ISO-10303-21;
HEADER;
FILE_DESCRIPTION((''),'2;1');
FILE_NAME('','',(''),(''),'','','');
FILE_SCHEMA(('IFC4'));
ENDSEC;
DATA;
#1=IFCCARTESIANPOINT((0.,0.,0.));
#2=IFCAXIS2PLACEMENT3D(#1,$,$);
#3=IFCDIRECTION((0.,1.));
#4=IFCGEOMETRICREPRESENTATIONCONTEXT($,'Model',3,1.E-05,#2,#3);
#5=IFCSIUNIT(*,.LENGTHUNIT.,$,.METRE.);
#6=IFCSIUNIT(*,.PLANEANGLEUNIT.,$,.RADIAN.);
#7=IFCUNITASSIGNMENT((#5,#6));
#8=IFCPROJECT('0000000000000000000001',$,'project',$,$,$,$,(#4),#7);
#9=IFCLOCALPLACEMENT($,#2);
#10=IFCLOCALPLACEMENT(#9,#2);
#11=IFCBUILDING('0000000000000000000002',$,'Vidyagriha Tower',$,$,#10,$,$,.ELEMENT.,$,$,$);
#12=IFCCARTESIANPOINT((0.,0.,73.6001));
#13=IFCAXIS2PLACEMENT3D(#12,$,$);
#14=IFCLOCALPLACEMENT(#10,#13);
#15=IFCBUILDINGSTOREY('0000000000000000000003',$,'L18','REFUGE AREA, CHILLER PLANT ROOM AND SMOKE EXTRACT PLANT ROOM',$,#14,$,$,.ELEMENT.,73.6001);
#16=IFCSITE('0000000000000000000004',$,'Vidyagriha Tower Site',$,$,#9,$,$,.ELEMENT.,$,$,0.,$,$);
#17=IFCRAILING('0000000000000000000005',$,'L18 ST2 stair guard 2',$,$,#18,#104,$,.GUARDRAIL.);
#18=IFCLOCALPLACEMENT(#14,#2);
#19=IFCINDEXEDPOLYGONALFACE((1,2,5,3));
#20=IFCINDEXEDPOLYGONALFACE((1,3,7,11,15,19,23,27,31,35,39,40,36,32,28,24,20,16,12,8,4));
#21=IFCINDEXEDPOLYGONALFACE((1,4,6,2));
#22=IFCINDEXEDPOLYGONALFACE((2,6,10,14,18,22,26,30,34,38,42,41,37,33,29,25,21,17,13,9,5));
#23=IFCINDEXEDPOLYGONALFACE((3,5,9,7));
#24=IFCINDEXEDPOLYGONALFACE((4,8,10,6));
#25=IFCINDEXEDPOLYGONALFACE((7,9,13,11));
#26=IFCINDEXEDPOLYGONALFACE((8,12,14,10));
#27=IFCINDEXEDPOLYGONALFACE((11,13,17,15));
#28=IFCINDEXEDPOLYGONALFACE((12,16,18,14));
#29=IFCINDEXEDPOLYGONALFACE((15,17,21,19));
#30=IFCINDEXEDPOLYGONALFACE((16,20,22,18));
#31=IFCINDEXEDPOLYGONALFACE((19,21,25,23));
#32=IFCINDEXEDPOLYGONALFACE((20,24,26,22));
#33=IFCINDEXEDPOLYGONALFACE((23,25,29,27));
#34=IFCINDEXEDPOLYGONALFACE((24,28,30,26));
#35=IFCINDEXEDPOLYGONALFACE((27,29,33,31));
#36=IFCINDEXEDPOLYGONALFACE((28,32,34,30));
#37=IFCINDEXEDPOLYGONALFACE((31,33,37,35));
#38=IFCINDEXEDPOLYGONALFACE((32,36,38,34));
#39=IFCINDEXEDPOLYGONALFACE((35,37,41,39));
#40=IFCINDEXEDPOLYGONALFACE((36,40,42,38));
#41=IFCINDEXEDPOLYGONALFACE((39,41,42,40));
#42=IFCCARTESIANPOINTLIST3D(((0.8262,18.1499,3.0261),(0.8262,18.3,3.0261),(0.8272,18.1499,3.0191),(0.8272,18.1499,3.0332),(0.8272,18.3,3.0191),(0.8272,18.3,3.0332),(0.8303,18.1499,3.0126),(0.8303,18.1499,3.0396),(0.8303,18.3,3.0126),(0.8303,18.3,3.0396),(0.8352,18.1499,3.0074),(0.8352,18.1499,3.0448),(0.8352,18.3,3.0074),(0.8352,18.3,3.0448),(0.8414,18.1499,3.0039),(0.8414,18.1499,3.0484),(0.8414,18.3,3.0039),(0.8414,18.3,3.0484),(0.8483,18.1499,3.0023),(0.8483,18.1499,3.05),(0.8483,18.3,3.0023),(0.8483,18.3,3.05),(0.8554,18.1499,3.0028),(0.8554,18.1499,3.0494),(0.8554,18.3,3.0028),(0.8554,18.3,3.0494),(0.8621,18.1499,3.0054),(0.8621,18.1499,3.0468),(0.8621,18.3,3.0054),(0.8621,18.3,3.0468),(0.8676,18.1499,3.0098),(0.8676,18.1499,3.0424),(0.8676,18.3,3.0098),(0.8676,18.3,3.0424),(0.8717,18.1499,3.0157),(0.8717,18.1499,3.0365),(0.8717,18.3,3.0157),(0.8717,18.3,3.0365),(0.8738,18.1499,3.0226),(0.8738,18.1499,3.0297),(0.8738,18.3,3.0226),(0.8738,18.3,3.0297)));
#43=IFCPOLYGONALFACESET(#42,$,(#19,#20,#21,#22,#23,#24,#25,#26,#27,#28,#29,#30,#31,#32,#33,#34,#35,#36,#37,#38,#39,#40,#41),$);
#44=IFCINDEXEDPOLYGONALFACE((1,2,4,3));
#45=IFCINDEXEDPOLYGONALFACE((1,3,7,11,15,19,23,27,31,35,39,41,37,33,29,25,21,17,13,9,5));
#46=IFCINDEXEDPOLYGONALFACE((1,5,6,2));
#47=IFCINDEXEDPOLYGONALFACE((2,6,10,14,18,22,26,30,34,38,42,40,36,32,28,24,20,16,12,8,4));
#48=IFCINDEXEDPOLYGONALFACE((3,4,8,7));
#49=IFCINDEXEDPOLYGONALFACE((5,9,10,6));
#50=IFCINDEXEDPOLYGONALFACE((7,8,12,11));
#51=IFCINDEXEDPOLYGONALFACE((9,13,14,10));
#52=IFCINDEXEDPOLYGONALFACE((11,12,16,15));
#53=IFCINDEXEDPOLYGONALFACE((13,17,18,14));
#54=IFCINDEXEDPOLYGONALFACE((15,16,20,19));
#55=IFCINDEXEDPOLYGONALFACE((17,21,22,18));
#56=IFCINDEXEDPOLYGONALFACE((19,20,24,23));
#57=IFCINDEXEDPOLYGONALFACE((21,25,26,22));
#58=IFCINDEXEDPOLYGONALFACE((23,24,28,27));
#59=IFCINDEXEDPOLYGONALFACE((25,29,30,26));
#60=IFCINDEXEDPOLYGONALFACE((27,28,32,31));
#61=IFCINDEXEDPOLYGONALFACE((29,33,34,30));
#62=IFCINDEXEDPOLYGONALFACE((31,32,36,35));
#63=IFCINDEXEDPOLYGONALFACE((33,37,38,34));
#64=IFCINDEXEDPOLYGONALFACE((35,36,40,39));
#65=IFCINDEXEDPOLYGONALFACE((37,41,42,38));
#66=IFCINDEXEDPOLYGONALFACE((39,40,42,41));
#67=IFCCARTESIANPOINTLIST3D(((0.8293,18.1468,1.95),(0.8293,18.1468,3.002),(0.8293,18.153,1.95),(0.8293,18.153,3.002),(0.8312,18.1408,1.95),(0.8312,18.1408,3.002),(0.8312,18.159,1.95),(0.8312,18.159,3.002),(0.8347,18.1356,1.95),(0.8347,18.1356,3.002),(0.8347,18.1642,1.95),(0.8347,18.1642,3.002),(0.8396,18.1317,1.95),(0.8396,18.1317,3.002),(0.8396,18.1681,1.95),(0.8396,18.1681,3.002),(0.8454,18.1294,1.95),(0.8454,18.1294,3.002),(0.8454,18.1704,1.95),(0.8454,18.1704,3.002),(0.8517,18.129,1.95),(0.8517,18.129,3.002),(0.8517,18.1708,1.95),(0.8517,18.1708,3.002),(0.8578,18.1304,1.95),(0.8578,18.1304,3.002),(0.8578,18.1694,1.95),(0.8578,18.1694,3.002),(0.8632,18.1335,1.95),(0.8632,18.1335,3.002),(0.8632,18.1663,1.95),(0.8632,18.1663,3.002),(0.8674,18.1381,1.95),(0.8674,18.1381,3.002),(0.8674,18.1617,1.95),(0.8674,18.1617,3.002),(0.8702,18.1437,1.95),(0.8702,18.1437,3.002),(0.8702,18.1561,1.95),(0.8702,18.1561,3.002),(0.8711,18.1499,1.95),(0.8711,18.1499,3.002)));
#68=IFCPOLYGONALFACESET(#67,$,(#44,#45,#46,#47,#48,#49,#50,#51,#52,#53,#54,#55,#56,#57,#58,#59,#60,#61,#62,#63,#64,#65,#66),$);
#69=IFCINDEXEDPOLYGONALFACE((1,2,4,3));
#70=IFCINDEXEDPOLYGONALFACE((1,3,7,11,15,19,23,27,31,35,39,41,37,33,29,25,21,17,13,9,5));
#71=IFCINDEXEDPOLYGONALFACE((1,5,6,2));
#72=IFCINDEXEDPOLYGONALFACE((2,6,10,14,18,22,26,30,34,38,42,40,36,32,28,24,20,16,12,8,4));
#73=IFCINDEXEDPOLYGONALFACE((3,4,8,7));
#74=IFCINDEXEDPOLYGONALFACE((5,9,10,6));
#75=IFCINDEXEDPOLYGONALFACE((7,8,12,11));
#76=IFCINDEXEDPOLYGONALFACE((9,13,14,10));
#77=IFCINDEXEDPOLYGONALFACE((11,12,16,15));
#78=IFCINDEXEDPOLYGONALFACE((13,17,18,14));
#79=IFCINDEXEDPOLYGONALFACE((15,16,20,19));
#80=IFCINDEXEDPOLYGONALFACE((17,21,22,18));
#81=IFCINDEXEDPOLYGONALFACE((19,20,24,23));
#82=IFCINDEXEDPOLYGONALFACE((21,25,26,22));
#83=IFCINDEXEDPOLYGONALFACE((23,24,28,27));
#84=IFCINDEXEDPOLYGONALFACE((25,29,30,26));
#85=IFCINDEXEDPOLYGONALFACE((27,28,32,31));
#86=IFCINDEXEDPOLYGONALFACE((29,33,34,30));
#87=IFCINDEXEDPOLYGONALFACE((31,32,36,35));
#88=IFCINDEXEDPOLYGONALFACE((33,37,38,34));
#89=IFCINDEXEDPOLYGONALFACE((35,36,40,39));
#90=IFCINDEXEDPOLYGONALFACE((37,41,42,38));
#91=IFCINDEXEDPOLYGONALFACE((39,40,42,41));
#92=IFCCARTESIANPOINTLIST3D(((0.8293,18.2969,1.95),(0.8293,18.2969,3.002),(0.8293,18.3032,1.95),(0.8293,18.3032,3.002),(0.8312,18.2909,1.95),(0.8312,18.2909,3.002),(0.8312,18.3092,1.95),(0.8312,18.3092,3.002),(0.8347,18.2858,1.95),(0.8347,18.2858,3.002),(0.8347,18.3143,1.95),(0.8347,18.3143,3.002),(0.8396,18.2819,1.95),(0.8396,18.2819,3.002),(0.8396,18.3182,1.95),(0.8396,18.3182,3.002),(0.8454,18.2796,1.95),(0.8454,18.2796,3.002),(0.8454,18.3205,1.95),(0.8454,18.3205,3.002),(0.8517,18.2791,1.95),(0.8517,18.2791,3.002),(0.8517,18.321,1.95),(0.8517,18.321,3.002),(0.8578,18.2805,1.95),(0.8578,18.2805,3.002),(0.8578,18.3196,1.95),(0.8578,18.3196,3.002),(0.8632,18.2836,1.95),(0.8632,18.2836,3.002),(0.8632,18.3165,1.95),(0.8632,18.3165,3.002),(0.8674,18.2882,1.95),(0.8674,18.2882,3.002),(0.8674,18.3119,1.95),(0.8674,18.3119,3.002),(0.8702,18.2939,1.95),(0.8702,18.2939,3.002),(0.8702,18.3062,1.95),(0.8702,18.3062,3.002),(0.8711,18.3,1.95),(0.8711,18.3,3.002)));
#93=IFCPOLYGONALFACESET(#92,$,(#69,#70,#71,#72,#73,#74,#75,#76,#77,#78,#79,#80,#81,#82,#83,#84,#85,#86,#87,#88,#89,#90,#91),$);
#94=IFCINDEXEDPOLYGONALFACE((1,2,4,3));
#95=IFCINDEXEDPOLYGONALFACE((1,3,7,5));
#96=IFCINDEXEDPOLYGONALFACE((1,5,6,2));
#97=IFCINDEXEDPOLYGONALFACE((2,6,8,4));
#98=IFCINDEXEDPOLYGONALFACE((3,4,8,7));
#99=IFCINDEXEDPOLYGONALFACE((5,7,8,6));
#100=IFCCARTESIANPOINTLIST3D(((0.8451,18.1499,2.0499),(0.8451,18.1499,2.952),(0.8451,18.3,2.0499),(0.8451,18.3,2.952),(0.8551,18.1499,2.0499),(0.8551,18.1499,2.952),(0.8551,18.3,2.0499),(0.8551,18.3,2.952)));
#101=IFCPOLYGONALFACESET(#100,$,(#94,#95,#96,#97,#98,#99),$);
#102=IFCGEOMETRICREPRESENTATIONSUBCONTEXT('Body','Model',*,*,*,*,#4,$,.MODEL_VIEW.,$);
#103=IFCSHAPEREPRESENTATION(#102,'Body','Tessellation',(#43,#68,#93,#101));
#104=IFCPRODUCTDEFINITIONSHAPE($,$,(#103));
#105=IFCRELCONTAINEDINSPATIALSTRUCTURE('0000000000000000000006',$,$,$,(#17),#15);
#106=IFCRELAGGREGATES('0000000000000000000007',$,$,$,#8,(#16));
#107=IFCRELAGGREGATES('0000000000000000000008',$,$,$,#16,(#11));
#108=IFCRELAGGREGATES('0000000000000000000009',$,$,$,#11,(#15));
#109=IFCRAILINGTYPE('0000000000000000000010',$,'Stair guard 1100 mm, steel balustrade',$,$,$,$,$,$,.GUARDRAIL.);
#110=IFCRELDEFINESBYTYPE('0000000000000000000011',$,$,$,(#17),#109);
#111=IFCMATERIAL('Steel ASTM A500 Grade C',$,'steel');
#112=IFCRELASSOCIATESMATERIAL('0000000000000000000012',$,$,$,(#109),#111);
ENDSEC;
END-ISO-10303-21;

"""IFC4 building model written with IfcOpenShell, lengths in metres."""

from ifc_helpers import new_model, si_unit, direction, frame, origin, origin_2d, place, context, subcontext, project, spatial, rectangle, circle, extrude, material, type_object, element, save


model = new_model("IFC4")

# Units and contexts
model_context = context("Model", 3, precision=1e-05, world=origin(), true_north=direction((0.0, 1.0)))
body_context = subcontext(model_context, "Body", "Model", "MODEL_VIEW")
ifc_project = project(units=[si_unit("LENGTHUNIT", "METRE"), si_unit("PLANEANGLEUNIT", "RADIAN")], contexts=[model_context])

# Site, building, storey
site_placement = place(None, origin())
site = spatial("IfcSite", under=ifc_project, at=site_placement, Name="Vidyagriha Tower Site", CompositionType="ELEMENT", RefElevation=0.0)
building_placement = place(site_placement, origin())
building = spatial("IfcBuilding", under=site, at=building_placement, Name="Vidyagriha Tower", CompositionType="ELEMENT")
storey_placement = place(building_placement, frame((0.0, 0.0, 73.6001)))
storey = spatial("IfcBuildingStorey", under=building, at=storey_placement, Name="L18", Description="REFUGE AREA, CHILLER PLANT ROOM AND SMOKE EXTRACT PLANT ROOM", CompositionType="ELEMENT", Elevation=73.6001)

# Railing
ifc_material_1 = material(Name="Steel ASTM A500 Grade C", Category="steel")
railing_type_1 = type_object("IfcRailingType", Name="Stair guard 1100 mm, steel balustrade", PredefinedType="GUARDRAIL", material=ifc_material_1)
railing_1_placement = place(storey_placement, frame((0.8501, 18.1499, 1.95)))
element("IfcRailing", 1, at=railing_1_placement, inside=storey, type_object=railing_type_1, Name="L18 ST2 stair guard 2", PredefinedType="GUARDRAIL", context=body_context, shape_type="SweptSolid", body=[
    extrude(circle(Radius=0.0239, at=origin_2d()), frame((0.0, 0.0, 1.0762), z_axis=(0.0, 1.0, 0.0), x_axis=(-1.0, 0.0, 0.0)), (0.0, 0.0, 1.0), 0.1501),
    extrude(circle(Radius=0.021, at=origin_2d()), origin(), (0.0, 0.0, 1.0), 1.052),
    extrude(circle(Radius=0.021, at=origin_2d()), frame((0.0, 0.1501, 0.0)), (0.0, 0.0, 1.0), 1.052),
    extrude(rectangle(XDim=0.01, YDim=0.9021, at=origin_2d()), frame((0.0, 0.0, 0.551), z_axis=(0.0, 1.0, 0.0), x_axis=(-1.0, 0.0, 0.0)), (0.0, 0.0, 1.0), 0.1501),
])

save(model, "model.ifc")
